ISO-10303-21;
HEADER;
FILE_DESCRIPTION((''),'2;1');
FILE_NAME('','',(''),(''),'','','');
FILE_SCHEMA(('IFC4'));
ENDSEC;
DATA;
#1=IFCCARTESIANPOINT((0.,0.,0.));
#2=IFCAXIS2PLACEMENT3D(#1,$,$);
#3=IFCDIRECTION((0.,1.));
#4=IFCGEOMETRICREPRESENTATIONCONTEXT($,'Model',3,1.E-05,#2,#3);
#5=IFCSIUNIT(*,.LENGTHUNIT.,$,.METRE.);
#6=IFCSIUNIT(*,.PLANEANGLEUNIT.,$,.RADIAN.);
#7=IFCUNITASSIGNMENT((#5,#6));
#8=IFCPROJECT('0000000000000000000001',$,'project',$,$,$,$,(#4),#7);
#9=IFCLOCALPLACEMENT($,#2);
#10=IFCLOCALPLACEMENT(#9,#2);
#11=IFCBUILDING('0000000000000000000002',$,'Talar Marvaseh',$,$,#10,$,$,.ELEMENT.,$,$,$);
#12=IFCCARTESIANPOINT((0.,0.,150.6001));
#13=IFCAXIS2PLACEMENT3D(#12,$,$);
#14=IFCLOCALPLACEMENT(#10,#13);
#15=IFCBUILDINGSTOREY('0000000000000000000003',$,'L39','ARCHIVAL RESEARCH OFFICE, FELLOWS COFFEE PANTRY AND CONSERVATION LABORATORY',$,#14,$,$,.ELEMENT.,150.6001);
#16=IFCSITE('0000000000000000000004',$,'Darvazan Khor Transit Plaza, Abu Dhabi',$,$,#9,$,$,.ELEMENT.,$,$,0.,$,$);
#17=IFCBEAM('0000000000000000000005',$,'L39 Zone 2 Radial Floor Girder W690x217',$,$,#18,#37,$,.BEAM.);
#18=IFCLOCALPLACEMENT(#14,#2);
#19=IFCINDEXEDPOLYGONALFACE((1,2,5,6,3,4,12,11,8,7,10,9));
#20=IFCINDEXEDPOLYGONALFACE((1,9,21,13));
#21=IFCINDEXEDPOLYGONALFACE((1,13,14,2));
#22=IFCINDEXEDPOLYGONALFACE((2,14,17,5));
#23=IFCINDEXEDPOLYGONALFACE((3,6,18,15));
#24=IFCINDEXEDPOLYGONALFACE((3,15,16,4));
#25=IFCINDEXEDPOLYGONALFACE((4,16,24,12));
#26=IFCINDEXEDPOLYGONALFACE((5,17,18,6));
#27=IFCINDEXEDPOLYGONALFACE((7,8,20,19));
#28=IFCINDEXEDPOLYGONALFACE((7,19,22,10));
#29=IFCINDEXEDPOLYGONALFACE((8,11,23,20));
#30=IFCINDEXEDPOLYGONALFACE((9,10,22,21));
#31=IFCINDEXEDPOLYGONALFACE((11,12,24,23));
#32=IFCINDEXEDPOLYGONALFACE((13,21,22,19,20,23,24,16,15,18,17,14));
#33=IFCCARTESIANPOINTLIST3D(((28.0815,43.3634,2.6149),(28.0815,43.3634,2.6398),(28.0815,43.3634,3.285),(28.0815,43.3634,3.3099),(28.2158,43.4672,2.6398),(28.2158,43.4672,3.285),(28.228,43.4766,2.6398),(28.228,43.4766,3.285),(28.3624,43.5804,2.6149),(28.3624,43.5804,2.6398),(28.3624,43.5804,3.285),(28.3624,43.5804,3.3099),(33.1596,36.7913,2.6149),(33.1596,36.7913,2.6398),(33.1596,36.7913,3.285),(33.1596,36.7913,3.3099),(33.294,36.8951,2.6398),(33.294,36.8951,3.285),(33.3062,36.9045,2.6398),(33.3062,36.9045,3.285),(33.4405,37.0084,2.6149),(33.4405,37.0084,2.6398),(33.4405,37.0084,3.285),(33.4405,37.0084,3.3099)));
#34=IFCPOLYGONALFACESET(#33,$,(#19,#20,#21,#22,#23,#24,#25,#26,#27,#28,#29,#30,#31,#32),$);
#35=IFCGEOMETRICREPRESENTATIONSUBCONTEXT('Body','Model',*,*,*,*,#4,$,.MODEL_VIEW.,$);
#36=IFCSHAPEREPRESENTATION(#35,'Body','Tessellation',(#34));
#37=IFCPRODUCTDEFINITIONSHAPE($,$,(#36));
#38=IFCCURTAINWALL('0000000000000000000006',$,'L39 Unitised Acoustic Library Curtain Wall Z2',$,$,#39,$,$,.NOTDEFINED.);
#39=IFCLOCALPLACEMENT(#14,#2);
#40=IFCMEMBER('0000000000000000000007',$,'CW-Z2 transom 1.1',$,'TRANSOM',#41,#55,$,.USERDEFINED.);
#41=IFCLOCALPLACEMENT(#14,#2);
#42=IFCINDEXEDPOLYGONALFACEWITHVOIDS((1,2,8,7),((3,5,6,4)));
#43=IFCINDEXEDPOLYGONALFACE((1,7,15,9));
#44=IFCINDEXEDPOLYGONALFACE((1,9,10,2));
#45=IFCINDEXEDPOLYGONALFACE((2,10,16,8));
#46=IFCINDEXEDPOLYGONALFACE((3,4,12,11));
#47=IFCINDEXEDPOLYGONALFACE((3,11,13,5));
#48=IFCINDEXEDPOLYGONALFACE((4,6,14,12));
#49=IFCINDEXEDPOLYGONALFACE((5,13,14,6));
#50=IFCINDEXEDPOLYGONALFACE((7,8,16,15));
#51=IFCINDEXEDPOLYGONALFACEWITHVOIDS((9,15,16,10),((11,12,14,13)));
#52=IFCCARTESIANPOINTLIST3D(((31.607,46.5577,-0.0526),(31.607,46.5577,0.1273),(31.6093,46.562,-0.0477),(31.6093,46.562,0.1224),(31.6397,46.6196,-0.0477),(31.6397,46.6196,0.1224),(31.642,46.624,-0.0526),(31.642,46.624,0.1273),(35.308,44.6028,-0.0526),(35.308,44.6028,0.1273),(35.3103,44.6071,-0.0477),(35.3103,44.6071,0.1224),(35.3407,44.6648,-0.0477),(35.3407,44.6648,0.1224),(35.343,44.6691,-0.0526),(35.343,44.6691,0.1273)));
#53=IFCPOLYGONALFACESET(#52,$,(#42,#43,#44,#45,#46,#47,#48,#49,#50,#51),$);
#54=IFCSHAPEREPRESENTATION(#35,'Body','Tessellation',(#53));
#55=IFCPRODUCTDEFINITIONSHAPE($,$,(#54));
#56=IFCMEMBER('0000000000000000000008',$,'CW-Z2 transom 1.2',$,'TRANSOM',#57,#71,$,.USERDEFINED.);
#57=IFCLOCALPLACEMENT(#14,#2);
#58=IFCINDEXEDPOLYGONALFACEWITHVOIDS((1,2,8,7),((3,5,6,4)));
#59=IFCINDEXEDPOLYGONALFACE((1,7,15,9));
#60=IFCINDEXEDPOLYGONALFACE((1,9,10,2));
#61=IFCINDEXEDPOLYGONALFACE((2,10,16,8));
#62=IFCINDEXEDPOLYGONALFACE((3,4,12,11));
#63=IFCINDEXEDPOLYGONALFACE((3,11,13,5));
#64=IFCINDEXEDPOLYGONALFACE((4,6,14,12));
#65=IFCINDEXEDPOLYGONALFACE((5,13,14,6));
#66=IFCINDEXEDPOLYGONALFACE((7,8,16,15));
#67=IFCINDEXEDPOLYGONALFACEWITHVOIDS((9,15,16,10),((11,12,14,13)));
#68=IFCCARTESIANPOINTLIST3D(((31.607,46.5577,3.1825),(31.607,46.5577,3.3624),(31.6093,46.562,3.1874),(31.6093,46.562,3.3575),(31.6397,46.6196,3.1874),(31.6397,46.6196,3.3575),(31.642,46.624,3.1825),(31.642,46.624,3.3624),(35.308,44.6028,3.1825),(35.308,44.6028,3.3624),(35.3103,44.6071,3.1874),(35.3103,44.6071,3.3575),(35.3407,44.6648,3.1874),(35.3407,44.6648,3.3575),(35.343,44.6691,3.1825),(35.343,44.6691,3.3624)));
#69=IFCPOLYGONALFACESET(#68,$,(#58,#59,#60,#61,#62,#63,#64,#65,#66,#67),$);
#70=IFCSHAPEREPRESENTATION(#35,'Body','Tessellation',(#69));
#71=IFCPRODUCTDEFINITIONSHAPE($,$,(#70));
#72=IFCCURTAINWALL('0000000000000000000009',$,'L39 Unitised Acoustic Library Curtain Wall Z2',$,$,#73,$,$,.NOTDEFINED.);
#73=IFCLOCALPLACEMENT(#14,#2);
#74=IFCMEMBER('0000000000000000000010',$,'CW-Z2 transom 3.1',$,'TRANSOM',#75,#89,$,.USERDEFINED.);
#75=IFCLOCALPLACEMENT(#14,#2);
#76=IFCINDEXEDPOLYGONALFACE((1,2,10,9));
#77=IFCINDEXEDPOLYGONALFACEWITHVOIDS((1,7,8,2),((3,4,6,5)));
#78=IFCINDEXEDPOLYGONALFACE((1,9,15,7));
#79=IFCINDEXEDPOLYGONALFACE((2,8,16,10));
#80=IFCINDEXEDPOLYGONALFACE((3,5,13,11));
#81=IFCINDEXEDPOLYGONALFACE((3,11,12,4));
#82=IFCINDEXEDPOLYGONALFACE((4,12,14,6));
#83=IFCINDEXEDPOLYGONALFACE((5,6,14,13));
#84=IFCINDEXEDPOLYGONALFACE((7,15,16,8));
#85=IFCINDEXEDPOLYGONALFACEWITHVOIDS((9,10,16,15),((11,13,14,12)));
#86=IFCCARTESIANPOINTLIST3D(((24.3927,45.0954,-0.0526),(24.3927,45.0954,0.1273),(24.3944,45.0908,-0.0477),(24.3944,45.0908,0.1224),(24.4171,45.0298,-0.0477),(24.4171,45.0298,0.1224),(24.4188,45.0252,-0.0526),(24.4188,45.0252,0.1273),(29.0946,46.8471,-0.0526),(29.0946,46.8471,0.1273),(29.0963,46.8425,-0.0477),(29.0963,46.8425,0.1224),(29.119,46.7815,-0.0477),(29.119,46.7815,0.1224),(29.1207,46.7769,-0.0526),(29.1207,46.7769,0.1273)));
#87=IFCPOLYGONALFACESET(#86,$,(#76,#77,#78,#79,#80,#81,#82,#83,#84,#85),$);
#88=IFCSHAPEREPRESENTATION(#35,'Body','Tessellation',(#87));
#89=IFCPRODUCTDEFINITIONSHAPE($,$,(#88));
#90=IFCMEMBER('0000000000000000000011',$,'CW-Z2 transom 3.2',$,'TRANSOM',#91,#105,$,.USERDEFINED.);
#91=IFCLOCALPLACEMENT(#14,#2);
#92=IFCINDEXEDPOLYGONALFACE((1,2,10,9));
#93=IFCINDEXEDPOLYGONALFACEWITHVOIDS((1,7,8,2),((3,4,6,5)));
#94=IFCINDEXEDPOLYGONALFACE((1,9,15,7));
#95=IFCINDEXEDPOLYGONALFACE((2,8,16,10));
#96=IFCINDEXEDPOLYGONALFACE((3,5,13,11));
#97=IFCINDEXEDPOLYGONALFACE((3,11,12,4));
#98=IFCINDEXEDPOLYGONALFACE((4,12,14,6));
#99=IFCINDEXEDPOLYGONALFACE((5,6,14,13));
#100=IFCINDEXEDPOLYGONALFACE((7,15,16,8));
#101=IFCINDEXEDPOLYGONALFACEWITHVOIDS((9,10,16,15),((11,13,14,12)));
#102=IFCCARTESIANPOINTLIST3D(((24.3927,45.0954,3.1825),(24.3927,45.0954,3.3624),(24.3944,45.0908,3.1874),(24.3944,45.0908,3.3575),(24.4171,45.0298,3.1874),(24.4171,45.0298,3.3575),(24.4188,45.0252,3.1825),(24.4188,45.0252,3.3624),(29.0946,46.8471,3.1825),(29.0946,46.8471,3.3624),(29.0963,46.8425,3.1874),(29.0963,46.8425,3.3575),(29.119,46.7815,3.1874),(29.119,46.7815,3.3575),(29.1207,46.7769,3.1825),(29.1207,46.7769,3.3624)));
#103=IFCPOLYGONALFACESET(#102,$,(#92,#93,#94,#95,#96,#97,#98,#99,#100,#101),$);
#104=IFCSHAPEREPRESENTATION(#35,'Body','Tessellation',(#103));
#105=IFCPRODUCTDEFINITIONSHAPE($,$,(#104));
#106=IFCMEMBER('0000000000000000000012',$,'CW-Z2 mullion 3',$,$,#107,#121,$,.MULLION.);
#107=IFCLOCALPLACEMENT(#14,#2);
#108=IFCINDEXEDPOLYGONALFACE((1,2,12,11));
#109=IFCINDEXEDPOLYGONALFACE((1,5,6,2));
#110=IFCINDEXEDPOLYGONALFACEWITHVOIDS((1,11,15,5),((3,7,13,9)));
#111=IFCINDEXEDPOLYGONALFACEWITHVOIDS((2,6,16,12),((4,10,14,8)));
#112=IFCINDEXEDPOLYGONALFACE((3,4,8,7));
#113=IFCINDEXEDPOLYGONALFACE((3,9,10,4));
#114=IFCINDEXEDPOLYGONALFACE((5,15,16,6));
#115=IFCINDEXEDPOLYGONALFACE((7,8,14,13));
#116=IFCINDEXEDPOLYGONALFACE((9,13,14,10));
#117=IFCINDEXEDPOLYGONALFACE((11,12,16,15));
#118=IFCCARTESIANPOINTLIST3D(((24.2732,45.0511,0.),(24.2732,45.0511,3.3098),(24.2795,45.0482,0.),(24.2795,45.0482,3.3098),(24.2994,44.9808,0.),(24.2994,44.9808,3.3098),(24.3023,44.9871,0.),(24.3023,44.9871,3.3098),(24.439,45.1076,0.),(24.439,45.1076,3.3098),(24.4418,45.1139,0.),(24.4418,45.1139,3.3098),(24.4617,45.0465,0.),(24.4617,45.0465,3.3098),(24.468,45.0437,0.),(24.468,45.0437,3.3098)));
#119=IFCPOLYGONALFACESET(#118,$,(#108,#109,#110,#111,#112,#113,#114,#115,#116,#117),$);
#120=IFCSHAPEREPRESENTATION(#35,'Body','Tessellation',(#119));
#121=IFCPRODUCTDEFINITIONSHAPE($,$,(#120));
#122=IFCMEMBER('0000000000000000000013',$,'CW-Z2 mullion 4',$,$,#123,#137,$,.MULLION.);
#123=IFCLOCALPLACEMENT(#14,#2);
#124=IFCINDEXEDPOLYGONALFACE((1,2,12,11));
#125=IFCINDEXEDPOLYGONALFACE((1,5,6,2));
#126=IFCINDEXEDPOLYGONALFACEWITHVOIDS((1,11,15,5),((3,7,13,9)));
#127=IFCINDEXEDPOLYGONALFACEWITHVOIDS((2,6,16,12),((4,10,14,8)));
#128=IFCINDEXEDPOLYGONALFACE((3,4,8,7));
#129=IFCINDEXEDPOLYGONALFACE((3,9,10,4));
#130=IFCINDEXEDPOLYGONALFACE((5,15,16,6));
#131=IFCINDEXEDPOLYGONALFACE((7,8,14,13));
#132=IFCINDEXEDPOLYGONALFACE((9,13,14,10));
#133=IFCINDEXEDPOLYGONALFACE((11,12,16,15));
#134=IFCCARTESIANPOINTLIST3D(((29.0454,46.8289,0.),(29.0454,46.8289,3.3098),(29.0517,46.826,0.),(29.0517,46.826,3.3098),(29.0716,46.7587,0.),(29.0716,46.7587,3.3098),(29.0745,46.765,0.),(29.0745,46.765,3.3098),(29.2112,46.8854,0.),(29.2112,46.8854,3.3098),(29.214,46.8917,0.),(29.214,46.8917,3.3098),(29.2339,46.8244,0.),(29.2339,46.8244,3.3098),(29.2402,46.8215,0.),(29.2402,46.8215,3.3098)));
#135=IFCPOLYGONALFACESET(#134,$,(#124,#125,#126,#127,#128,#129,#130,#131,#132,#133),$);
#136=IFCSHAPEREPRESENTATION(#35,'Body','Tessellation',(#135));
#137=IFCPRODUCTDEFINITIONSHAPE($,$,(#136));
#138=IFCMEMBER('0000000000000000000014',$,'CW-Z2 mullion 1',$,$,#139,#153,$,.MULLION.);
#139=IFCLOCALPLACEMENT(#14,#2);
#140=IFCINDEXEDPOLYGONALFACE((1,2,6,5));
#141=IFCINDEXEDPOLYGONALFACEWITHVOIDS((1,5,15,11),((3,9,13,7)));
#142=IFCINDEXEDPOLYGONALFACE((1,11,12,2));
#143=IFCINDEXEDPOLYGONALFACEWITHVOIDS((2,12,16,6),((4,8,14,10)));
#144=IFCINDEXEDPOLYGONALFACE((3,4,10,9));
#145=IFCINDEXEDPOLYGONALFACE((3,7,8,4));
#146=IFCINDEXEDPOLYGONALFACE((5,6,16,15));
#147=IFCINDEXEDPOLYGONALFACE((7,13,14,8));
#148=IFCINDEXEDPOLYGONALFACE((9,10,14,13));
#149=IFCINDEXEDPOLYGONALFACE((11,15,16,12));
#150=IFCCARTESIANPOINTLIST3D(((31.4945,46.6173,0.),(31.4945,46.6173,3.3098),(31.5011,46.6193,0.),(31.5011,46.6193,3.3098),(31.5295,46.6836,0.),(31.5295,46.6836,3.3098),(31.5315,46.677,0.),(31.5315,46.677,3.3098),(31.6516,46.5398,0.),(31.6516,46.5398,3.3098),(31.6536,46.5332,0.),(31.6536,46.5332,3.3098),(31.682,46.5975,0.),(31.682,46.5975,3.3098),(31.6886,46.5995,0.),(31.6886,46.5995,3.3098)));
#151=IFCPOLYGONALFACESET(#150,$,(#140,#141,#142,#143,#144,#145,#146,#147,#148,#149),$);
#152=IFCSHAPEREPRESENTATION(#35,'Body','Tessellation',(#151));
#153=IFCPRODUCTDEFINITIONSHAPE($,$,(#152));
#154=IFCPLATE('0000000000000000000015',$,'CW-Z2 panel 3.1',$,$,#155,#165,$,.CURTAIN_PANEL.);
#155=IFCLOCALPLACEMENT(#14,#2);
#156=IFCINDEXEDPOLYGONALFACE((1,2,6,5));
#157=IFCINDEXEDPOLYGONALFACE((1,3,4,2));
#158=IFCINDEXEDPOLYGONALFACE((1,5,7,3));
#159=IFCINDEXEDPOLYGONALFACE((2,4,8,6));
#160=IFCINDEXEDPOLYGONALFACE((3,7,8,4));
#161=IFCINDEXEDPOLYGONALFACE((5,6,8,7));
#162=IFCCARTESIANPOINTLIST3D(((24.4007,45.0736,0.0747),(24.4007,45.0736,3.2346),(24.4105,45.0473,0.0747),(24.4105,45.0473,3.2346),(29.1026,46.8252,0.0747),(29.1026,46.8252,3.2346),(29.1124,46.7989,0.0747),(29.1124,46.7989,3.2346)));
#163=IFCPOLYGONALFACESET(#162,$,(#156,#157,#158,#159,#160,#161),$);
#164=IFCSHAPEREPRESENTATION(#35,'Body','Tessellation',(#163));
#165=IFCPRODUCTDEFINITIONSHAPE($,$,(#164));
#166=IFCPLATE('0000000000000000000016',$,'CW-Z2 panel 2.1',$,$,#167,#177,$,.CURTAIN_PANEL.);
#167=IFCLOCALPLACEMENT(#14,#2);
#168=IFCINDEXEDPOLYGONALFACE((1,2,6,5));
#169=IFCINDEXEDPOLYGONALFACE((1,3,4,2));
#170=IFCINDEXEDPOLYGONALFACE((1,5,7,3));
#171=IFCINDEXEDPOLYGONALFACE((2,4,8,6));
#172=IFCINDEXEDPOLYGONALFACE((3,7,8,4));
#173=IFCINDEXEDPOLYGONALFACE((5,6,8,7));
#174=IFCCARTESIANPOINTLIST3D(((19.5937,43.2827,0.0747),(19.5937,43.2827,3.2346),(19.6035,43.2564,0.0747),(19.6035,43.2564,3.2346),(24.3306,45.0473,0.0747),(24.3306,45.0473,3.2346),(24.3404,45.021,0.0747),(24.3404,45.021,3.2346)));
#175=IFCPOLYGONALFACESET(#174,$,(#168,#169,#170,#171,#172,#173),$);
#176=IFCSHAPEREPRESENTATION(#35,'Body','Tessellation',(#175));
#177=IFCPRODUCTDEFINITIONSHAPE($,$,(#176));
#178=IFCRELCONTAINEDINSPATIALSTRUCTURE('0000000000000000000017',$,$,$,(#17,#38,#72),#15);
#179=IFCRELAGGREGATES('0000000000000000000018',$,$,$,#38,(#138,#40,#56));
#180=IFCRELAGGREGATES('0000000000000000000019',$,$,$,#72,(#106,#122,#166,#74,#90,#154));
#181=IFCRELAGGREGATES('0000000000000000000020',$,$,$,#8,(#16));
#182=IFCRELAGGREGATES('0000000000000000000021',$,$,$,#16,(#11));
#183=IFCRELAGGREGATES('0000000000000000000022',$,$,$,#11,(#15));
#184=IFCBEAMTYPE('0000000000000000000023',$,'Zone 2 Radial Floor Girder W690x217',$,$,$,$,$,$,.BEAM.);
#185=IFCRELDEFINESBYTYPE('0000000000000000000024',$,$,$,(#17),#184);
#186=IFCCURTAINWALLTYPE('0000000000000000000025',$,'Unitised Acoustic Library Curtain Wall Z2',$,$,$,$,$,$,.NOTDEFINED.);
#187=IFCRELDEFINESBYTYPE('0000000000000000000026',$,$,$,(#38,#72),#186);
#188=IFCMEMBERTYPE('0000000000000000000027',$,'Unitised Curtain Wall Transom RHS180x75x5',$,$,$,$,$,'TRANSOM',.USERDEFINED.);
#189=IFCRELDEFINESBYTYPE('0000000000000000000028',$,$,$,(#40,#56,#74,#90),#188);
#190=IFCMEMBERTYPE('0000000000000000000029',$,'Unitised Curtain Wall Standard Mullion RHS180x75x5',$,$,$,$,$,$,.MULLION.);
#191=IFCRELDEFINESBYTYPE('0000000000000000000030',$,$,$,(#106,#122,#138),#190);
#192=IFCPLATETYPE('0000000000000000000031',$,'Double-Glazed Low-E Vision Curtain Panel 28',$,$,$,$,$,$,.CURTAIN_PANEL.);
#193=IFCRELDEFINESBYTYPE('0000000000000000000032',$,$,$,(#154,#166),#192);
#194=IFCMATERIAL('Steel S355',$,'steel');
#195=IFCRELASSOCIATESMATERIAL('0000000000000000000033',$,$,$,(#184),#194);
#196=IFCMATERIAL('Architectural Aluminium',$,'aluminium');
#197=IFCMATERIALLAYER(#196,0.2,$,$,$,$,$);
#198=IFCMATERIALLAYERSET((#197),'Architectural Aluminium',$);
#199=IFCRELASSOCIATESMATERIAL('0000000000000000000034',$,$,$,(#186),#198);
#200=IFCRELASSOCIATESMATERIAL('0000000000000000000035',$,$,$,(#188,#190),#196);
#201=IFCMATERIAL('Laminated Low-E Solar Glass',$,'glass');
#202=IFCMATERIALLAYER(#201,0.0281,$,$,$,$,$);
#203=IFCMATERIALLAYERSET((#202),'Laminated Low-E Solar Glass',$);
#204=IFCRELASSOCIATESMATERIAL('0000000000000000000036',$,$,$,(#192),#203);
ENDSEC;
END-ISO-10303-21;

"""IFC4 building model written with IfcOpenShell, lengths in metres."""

from ifc_helpers import new_model, si_unit, direction, frame, origin, origin_2d, place, context, subcontext, project, spatial, rectangle, hollow_rectangle, i_section, extrude, source, transform, mapped, material, layer, layer_set, material_profile, profile_set, type_object, type_shapes, element, aggregate, save


model = new_model("IFC4")

# Units and contexts
model_context = context("Model", 3, precision=1e-05, world=origin(), true_north=direction((0.0, 1.0)))
body_context = subcontext(model_context, "Body", "Model", "MODEL_VIEW")
ifc_project = project(units=[si_unit("LENGTHUNIT", "METRE"), si_unit("PLANEANGLEUNIT", "RADIAN")], contexts=[model_context])

# Site, building, storey
site_placement = place(None, origin())
site = spatial("IfcSite", under=ifc_project, at=site_placement, Name="Darvazan Khor Transit Plaza, Abu Dhabi", CompositionType="ELEMENT", RefElevation=0.0)
building_placement = place(site_placement, origin())
building = spatial("IfcBuilding", under=site, at=building_placement, Name="Talar Marvaseh", CompositionType="ELEMENT")
storey_placement = place(building_placement, frame((0.0, 0.0, 150.6001)))
storey = spatial("IfcBuildingStorey", under=building, at=storey_placement, Name="L39", Description="ARCHIVAL RESEARCH OFFICE, FELLOWS COFFEE PANTRY AND CONSERVATION LABORATORY", CompositionType="ELEMENT", Elevation=150.6001)

# Beam
ifc_material_1 = material(Name="Steel S355", Category="steel")
ifc_material_profile_1 = material_profile(ifc_material_1, i_section(OverallWidth=0.355, OverallDepth=0.6951, WebThickness=0.0154, FlangeThickness=0.0249, at=origin_2d()), Name="W690x217")
ifc_profile_set_1 = profile_set([ifc_material_profile_1], Name="Steel S355")
beam_type = type_object("IfcBeamType", Name="Zone 2 Radial Floor Girder W690x217", PredefinedType="BEAM", material=ifc_profile_set_1)
beam_placement = place(storey_placement, frame((28.2219, 43.4719, 2.9624), z_axis=(0.611428, -0.7913, 0.0), x_axis=(0.7913, 0.611428, 0.0)))
element("IfcBeam", 1, at=beam_placement, inside=storey, type_object=beam_type, Name="L39 Zone 2 Radial Floor Girder W690x217", PredefinedType="BEAM", context=body_context, shape_type="SweptSolid", body=[
    extrude(i_section(OverallWidth=0.355, OverallDepth=0.6951, WebThickness=0.0154, FlangeThickness=0.0249, at=origin_2d()), origin(), (0.0, 0.0, 1.0), 8.3054),
])

# Curtain walls, members
ifc_material_2 = material(Name="Architectural Aluminium", Category="aluminium")
ifc_layer_1 = layer(ifc_material_2, 0.2)
ifc_layer_set_1 = layer_set([ifc_layer_1], Name="Architectural Aluminium")
curtain_wall_type = type_object("IfcCurtainWallType", Name="Unitised Acoustic Library Curtain Wall Z2", PredefinedType="NOTDEFINED", material=ifc_layer_set_1)
curtain_wall_1_placement = place(storey_placement, origin())
curtain_wall_1 = element("IfcCurtainWall", 2, at=curtain_wall_1_placement, inside=storey, type_object=curtain_wall_type, Name="L39 Unitised Acoustic Library Curtain Wall Z2", PredefinedType="NOTDEFINED")
ifc_material_profile_2 = material_profile(ifc_material_2, hollow_rectangle(XDim=0.075, YDim=0.1799, WallThickness=0.0049, at=origin_2d()), Name="RHS180x75x5")
ifc_profile_set_2 = profile_set([ifc_material_profile_2], Name="Architectural Aluminium")
member_type_1 = type_object("IfcMemberType", Name="Unitised Curtain Wall Transom RHS180x75x5", ElementType="TRANSOM", PredefinedType="USERDEFINED", material=ifc_profile_set_2)
shared_shape_1 = source(origin(), body_context, "Body", "SweptSolid", [
    extrude(hollow_rectangle(XDim=0.075, YDim=0.1799, WallThickness=0.0049, at=origin_2d()), origin(), (0.0, 0.0, 1.0), 4.1855),
])
member_1_placement = place(storey_placement, frame((31.6245, 46.5908, 0.0374), z_axis=(0.88423, -0.467051, 0.0), x_axis=(0.467051, 0.88423, 0.0)))
member_1 = element("IfcMember", 3, at=member_1_placement, type_object=member_type_1, Name="CW-Z2 transom 1.1", ObjectType="TRANSOM", PredefinedType="USERDEFINED", context=body_context, shape_type="MappedRepresentation", body=[
    mapped(shared_shape_1, transform((0.0, 0.0, 0.0), x_axis=(1.0, 0.0, 0.0), y_axis=(0.0, 1.0, 0.0), z_axis=(0.0, 0.0, 1.0), scale=1.0)),
])
member_2_placement = place(storey_placement, frame((31.6245, 46.5908, 3.2725), z_axis=(0.88423, -0.467051, 0.0), x_axis=(0.467051, 0.88423, 0.0)))
member_2 = element("IfcMember", 4, at=member_2_placement, type_object=member_type_1, Name="CW-Z2 transom 1.2", ObjectType="TRANSOM", PredefinedType="USERDEFINED", context=body_context, shape_type="MappedRepresentation", body=[
    mapped(shared_shape_1, transform((0.0, 0.0, 0.0), x_axis=(1.0, 0.0, 0.0), y_axis=(0.0, 1.0, 0.0), z_axis=(0.0, 0.0, 1.0), scale=1.0)),
])
curtain_wall_2_placement = place(storey_placement, origin())
curtain_wall_2 = element("IfcCurtainWall", 5, at=curtain_wall_2_placement, inside=storey, type_object=curtain_wall_type, Name="L39 Unitised Acoustic Library Curtain Wall Z2", PredefinedType="NOTDEFINED")
shared_shape_2 = source(origin(), body_context, "Body", "SweptSolid", [
    extrude(hollow_rectangle(XDim=0.075, YDim=0.1799, WallThickness=0.0049, at=origin_2d()), origin(), (0.0, 0.0, 1.0), 5.0176),
])
type_shapes(member_type_1, [shared_shape_1, shared_shape_2])
member_3_placement = place(storey_placement, frame((24.4058, 45.0603, 0.0374), z_axis=(0.937081, 0.349112, 0.0), x_axis=(-0.349112, 0.937081, 0.0)))
member_3 = element("IfcMember", 6, at=member_3_placement, type_object=member_type_1, Name="CW-Z2 transom 3.1", ObjectType="TRANSOM", PredefinedType="USERDEFINED", context=body_context, shape_type="MappedRepresentation", body=[
    mapped(shared_shape_2, transform((0.0, 0.0, 0.0), x_axis=(1.0, 0.0, 0.0), y_axis=(0.0, 1.0, 0.0), z_axis=(0.0, 0.0, 1.0), scale=1.0)),
])
member_4_placement = place(storey_placement, frame((24.4058, 45.0603, 3.2725), z_axis=(0.937081, 0.349112, 0.0), x_axis=(-0.349112, 0.937081, 0.0)))
member_4 = element("IfcMember", 7, at=member_4_placement, type_object=member_type_1, Name="CW-Z2 transom 3.2", ObjectType="TRANSOM", PredefinedType="USERDEFINED", context=body_context, shape_type="MappedRepresentation", body=[
    mapped(shared_shape_2, transform((0.0, 0.0, 0.0), x_axis=(1.0, 0.0, 0.0), y_axis=(0.0, 1.0, 0.0), z_axis=(0.0, 0.0, 1.0), scale=1.0)),
])
ifc_material_profile_3 = material_profile(ifc_material_2, hollow_rectangle(XDim=0.075, YDim=0.1799, WallThickness=0.0049, at=origin_2d()), Name="RHS180x75x5")
ifc_profile_set_3 = profile_set([ifc_material_profile_3], Name="Architectural Aluminium")
member_type_2 = type_object("IfcMemberType", Name="Unitised Curtain Wall Standard Mullion RHS180x75x5", PredefinedType="MULLION", material=ifc_profile_set_3)
shared_shape_3 = source(origin(), body_context, "Body", "SweptSolid", [
    extrude(hollow_rectangle(XDim=0.075, YDim=0.1799, WallThickness=0.0049, at=origin_2d()), origin(), (0.0, 0.0, 1.0), 3.3098),
])
type_shapes(member_type_2, [shared_shape_3])
member_5_placement = place(storey_placement, frame((24.3706, 45.0474, 0.0), z_axis=(0.0, 0.0, 1.0), x_axis=(-0.349096, 0.937087, 0.0)))
member_5 = element("IfcMember", 8, at=member_5_placement, type_object=member_type_2, Name="CW-Z2 mullion 3", PredefinedType="MULLION", context=body_context, shape_type="MappedRepresentation", body=[
    mapped(shared_shape_3, transform((0.0, 0.0, 0.0), x_axis=(1.0, 0.0, 0.0), y_axis=(0.0, 1.0, 0.0), z_axis=(0.0, 0.0, 1.0), scale=1.0)),
])
member_6_placement = place(storey_placement, frame((29.1428, 46.8252, 0.0), z_axis=(0.0, 0.0, 1.0), x_axis=(-0.349096, 0.937087, 0.0)))
member_6 = element("IfcMember", 9, at=member_6_placement, type_object=member_type_2, Name="CW-Z2 mullion 4", PredefinedType="MULLION", context=body_context, shape_type="MappedRepresentation", body=[
    mapped(shared_shape_3, transform((0.0, 0.0, 0.0), x_axis=(1.0, 0.0, 0.0), y_axis=(0.0, 1.0, 0.0), z_axis=(0.0, 0.0, 1.0), scale=1.0)),
])

# Member
member_7_placement = place(storey_placement, frame((31.5916, 46.6084, 0.0), z_axis=(0.0, 0.0, 1.0), x_axis=(0.467098, 0.884206, 0.0)))
member_7 = element("IfcMember", 10, at=member_7_placement, type_object=member_type_2, Name="CW-Z2 mullion 1", PredefinedType="MULLION", context=body_context, shape_type="MappedRepresentation", body=[
    mapped(shared_shape_3, transform((0.0, 0.0, 0.0), x_axis=(1.0, 0.0, 0.0), y_axis=(0.0, 1.0, 0.0), z_axis=(0.0, 0.0, 1.0), scale=1.0)),
])
aggregate(curtain_wall_1, [member_7, member_1, member_2])

# Plates
ifc_material_3 = material(Name="Laminated Low-E Solar Glass", Category="glass")
ifc_layer_2 = layer(ifc_material_3, 0.0281)
ifc_layer_set_2 = layer_set([ifc_layer_2], Name="Laminated Low-E Solar Glass")
plate_type = type_object("IfcPlateType", Name="Double-Glazed Low-E Vision Curtain Panel 28", PredefinedType="CURTAIN_PANEL", material=ifc_layer_set_2)
shared_shape_4 = source(origin(), body_context, "Body", "SweptSolid", [
    extrude(rectangle(XDim=5.0176, YDim=0.0281, at=origin_2d()), origin(), (0.0, 0.0, 1.0), 3.1599),
])
plate_1_placement = place(storey_placement, frame((26.7566, 45.9363, 0.0747), z_axis=(0.0, 0.0, 1.0), x_axis=(0.937087, 0.349096, 0.0)))
plate_1 = element("IfcPlate", 11, at=plate_1_placement, type_object=plate_type, Name="CW-Z2 panel 3.1", PredefinedType="CURTAIN_PANEL", context=body_context, shape_type="MappedRepresentation", body=[
    mapped(shared_shape_4, transform((0.0, 0.0, 0.0), x_axis=(1.0, 0.0, 0.0), y_axis=(0.0, 1.0, 0.0), z_axis=(0.0, 0.0, 1.0), scale=1.0)),
])
shared_shape_5 = source(origin(), body_context, "Body", "SweptSolid", [
    extrude(rectangle(XDim=5.0549, YDim=0.0281, at=origin_2d()), origin(), (0.0, 0.0, 1.0), 3.1599),
])
type_shapes(plate_type, [shared_shape_4, shared_shape_5])
plate_2_placement = place(storey_placement, frame((21.967, 44.1519, 0.0747), z_axis=(0.0, 0.0, 1.0), x_axis=(0.937087, 0.349096, 0.0)))
plate_2 = element("IfcPlate", 12, at=plate_2_placement, type_object=plate_type, Name="CW-Z2 panel 2.1", PredefinedType="CURTAIN_PANEL", context=body_context, shape_type="MappedRepresentation", body=[
    mapped(shared_shape_5, transform((0.0, 0.0, 0.0), x_axis=(1.0, 0.0, 0.0), y_axis=(0.0, 1.0, 0.0), z_axis=(0.0, 0.0, 1.0), scale=1.0)),
])
aggregate(curtain_wall_2, [member_5, member_6, plate_2, member_3, member_4, plate_1])

save(model, "model.ifc")
